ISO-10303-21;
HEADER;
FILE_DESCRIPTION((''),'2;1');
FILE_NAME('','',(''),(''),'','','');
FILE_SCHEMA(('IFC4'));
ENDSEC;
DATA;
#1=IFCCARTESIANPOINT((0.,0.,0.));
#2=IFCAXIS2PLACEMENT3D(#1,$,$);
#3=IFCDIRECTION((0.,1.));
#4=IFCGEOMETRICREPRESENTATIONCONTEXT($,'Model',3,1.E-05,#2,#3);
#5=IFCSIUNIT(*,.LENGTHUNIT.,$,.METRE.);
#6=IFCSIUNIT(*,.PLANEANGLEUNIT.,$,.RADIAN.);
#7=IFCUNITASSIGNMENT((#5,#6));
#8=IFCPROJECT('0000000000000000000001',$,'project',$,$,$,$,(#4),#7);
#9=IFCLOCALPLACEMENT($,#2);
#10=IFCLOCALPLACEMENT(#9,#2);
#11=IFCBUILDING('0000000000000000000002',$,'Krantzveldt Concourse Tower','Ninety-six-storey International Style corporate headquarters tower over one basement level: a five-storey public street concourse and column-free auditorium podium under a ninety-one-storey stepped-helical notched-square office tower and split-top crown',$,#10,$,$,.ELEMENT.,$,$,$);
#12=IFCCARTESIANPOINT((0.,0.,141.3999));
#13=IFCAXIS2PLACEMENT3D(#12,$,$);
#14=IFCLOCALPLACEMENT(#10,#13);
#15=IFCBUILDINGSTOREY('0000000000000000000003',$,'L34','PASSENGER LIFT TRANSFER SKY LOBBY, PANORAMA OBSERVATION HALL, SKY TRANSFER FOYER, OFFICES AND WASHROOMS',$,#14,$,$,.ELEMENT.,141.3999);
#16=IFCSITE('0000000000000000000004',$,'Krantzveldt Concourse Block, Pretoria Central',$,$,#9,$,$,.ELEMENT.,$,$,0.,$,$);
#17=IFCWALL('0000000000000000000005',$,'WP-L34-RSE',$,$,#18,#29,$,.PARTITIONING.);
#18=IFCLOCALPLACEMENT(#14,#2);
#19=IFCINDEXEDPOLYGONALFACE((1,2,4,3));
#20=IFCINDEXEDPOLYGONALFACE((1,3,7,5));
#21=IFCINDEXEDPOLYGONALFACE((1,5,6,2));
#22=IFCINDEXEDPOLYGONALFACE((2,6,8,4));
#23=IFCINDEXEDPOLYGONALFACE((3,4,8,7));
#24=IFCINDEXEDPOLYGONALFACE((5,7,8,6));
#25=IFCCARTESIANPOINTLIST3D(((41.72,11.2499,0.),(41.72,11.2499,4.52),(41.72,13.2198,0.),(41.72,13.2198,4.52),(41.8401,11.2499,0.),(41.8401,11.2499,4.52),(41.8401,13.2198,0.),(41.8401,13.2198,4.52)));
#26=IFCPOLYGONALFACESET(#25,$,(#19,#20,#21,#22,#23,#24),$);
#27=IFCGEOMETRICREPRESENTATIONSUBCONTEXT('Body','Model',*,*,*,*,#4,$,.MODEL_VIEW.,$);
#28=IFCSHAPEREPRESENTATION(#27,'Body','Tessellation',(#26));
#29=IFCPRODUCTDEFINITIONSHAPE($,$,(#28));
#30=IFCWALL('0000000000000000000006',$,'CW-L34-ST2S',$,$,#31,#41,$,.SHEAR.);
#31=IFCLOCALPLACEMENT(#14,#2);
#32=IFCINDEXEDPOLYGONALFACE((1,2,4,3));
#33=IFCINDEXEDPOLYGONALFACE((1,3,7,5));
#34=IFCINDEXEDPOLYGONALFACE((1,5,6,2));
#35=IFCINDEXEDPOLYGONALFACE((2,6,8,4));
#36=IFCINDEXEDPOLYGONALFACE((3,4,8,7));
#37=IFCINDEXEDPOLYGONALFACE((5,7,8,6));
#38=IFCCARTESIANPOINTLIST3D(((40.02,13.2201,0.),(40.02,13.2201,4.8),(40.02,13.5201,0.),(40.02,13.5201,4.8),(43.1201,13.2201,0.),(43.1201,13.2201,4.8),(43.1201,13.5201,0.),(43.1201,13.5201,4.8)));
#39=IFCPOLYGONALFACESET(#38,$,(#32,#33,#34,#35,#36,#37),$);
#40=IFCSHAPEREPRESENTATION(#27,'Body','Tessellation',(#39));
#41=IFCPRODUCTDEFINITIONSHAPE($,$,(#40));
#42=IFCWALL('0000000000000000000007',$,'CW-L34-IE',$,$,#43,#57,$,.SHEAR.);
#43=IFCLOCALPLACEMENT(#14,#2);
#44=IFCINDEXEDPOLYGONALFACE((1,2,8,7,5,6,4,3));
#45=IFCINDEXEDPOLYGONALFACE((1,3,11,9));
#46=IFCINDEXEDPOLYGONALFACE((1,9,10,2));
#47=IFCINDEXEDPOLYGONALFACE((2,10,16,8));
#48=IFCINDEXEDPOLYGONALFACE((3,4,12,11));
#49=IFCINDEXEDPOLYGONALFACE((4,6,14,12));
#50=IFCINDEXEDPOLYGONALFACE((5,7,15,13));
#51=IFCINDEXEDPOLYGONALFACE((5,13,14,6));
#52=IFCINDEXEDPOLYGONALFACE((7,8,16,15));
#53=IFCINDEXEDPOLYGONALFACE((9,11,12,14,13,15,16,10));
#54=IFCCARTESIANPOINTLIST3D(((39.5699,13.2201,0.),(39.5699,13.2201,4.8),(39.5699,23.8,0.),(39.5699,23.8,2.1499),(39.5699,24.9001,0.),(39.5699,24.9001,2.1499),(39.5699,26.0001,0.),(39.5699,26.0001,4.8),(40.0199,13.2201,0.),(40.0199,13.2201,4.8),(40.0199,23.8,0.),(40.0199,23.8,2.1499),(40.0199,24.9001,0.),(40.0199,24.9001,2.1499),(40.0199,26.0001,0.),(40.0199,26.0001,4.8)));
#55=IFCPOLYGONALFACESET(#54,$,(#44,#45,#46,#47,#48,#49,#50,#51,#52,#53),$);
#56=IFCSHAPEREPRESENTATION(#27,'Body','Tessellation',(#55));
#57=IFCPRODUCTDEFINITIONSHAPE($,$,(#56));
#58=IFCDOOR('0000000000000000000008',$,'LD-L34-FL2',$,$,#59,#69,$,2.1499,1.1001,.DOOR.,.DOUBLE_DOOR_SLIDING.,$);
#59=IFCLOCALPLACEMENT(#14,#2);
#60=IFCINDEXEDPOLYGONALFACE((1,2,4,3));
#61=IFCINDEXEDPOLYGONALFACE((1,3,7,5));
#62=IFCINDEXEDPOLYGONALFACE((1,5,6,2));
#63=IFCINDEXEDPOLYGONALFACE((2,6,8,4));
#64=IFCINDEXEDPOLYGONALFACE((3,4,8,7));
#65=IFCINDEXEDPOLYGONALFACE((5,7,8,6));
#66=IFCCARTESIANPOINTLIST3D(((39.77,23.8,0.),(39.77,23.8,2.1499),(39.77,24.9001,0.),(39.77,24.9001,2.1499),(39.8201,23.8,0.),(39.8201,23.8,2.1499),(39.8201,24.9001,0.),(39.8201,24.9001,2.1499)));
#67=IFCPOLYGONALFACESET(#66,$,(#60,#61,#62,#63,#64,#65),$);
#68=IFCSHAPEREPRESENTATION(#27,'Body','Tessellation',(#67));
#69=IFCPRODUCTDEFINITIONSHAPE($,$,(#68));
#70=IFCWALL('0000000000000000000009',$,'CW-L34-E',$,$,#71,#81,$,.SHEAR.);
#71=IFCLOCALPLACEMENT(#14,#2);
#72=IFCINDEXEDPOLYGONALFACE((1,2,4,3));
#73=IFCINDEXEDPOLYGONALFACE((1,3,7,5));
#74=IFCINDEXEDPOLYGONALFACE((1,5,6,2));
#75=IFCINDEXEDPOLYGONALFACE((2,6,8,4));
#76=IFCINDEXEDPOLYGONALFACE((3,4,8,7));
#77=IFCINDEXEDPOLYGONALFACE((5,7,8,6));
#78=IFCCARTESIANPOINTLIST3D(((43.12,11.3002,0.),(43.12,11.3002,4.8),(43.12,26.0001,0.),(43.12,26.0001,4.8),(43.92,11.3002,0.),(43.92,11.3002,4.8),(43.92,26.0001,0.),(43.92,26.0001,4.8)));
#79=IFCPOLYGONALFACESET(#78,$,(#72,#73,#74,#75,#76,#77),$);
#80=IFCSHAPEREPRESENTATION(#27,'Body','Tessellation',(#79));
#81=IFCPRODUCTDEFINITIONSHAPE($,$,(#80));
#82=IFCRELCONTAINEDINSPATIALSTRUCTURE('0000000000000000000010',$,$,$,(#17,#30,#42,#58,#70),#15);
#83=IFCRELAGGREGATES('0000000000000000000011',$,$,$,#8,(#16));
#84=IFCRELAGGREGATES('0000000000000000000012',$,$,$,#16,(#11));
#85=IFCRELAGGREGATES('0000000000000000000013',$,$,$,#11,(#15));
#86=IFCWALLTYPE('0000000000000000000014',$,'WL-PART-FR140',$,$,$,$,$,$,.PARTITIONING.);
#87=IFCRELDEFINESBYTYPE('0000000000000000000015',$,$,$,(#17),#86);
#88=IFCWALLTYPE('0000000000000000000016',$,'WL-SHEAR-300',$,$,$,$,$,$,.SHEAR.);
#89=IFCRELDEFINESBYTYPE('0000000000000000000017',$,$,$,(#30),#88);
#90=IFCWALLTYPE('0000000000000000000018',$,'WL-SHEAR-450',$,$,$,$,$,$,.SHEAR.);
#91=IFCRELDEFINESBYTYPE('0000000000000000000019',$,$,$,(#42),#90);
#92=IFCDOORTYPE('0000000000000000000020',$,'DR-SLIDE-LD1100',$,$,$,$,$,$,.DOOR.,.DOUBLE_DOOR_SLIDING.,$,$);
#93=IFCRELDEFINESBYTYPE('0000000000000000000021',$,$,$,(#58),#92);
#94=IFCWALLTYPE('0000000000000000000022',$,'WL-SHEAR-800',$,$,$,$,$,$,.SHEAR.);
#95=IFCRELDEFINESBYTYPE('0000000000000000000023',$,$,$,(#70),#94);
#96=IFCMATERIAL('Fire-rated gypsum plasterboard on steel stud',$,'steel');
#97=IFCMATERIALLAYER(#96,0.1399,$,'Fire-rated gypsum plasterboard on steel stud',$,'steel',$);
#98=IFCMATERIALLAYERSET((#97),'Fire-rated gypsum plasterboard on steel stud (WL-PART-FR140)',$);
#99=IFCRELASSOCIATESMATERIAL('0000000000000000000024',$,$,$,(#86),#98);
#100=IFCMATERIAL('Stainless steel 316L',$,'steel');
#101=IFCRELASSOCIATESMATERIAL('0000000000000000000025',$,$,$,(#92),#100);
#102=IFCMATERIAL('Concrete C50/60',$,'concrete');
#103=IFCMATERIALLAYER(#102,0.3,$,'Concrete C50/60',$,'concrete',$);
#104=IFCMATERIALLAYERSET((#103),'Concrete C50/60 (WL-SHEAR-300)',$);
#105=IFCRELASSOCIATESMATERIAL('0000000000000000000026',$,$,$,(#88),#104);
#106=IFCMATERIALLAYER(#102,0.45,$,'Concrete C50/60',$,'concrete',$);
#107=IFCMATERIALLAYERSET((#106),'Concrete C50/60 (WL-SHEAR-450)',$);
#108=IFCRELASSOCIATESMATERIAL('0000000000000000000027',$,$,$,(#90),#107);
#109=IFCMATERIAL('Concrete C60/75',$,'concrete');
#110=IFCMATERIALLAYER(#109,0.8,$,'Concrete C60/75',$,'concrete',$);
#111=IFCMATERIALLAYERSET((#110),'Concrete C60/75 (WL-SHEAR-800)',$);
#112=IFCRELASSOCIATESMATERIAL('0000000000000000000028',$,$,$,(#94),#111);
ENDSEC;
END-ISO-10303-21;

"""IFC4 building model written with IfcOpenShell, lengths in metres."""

from ifc_helpers import new_model, si_unit, direction, frame, frame_2d, origin, place, context, subcontext, project, spatial, rectangle, extrude, material, layer, layer_set, type_object, element, fill, save


model = new_model("IFC4")

# Units and contexts
model_context = context("Model", 3, precision=1e-05, world=origin(), true_north=direction((0.0, 1.0)))
body_context = subcontext(model_context, "Body", "Model", "MODEL_VIEW")
ifc_project = project(units=[si_unit("LENGTHUNIT", "METRE"), si_unit("PLANEANGLEUNIT", "RADIAN")], contexts=[model_context])

# Site, building, storey
site_placement = place(None, origin())
site = spatial("IfcSite", under=ifc_project, at=site_placement, Name="Krantzveldt Concourse Block, Pretoria Central", CompositionType="ELEMENT", RefElevation=0.0)
building_placement = place(site_placement, origin())
building = spatial("IfcBuilding", under=site, at=building_placement, Name="Krantzveldt Concourse Tower", Description="Ninety-six-storey International Style corporate headquarters tower over one basement level: a five-storey public street concourse and column-free auditorium podium under a ninety-one-storey stepped-helical notched-square office tower and split-top crown", CompositionType="ELEMENT")
storey_placement = place(building_placement, frame((0.0, 0.0, 141.3999)))
storey = spatial("IfcBuildingStorey", under=building, at=storey_placement, Name="L34", Description="PASSENGER LIFT TRANSFER SKY LOBBY, PANORAMA OBSERVATION HALL, SKY TRANSFER FOYER, OFFICES AND WASHROOMS", CompositionType="ELEMENT", Elevation=141.3999)

# Shared definitions
ifc_material_1 = material(Name="Fire-rated gypsum plasterboard on steel stud", Category="steel")

# Shared definitions
ifc_layer_1 = layer(ifc_material_1, 0.1399, Name="Fire-rated gypsum plasterboard on steel stud", Category="steel")
ifc_layer_set_1 = layer_set([ifc_layer_1], Name="Fire-rated gypsum plasterboard on steel stud (WL-PART-FR140)")
wall_type_1 = type_object("IfcWallType", Name="WL-PART-FR140", PredefinedType="PARTITIONING", material=ifc_layer_set_1)
ifc_material_2 = material(Name="Stainless steel 316L", Category="steel")
door_type_1 = type_object("IfcDoorType", Name="DR-SLIDE-LD1100", OperationType="DOUBLE_DOOR_SLIDING", PredefinedType="DOOR", material=ifc_material_2)

# Walls
wall_1_placement = place(storey_placement, frame((41.78, 11.25, 0.0), z_axis=(0.0, 0.0, 1.0), x_axis=(0.0, 1.0, 0.0)))
element("IfcWall", 1, at=wall_1_placement, inside=storey, type_object=wall_type_1, Name="WP-L34-RSE", PredefinedType="PARTITIONING", context=body_context, shape_type="SweptSolid", body=[
    extrude(rectangle(XDim=1.97, YDim=0.1201, at=frame_2d((0.9849, 0.0))), origin(), (0.0, 0.0, 1.0), 4.52),
])
ifc_material_3 = material(Name="Concrete C50/60", Category="concrete")
ifc_layer_2 = layer(ifc_material_3, 0.3, Name="Concrete C50/60", Category="concrete")
ifc_layer_set_2 = layer_set([ifc_layer_2], Name="Concrete C50/60 (WL-SHEAR-300)")
wall_type_2 = type_object("IfcWallType", Name="WL-SHEAR-300", PredefinedType="SHEAR", material=ifc_layer_set_2)
wall_2_placement = place(storey_placement, frame((40.02, 13.3701, 0.0), z_axis=(0.0, 0.0, 1.0), x_axis=(1.0, 0.0, 0.0)))
element("IfcWall", 2, at=wall_2_placement, inside=storey, type_object=wall_type_2, Name="CW-L34-ST2S", PredefinedType="SHEAR", context=body_context, shape_type="SweptSolid", body=[
    extrude(rectangle(XDim=3.1001, YDim=0.3, at=frame_2d((1.55, 0.0))), origin(), (0.0, 0.0, 1.0), 4.8),
])

# Wall, opening, door
ifc_layer_3 = layer(ifc_material_3, 0.45, Name="Concrete C50/60", Category="concrete")
ifc_layer_set_3 = layer_set([ifc_layer_3], Name="Concrete C50/60 (WL-SHEAR-450)")
wall_type_3 = type_object("IfcWallType", Name="WL-SHEAR-450", PredefinedType="SHEAR", material=ifc_layer_set_3)
wall_3_placement = place(storey_placement, frame((39.7949, 13.22, 0.0), z_axis=(0.0, 0.0, 1.0), x_axis=(0.0, 1.0, 0.0)))
wall_3 = element("IfcWall", 3, at=wall_3_placement, inside=storey, type_object=wall_type_3, Name="CW-L34-IE", PredefinedType="SHEAR", context=body_context, shape_type="SweptSolid", body=[
    extrude(rectangle(XDim=12.78, YDim=0.45, at=frame_2d((6.3901, 0.0))), origin(), (0.0, 0.0, 1.0), 4.8),
])
opening_1_placement = place(wall_3_placement, frame((10.5801, 0.0, 0.0)))
opening_1 = element("IfcOpeningElement", 4, at=opening_1_placement, cuts=wall_3, PredefinedType="OPENING", context=body_context, shape_type="SweptSolid", body=[
    extrude(rectangle(XDim=1.1001, YDim=2.1499, at=frame_2d((0.55, 1.075))), frame((0.0, 0.2349, 0.0), z_axis=(0.0, -1.0, 0.0), x_axis=(1.0, 0.0, 0.0)), (0.0, 0.0, 1.0), 0.47),
])
door_1_placement = place(opening_1_placement, origin())
door_1 = element("IfcDoor", 5, at=door_1_placement, inside=storey, type_object=door_type_1, Name="LD-L34-FL2", OperationType="DOUBLE_DOOR_SLIDING", OverallHeight=2.1499, OverallWidth=1.1001, PredefinedType="DOOR", context=body_context, shape_type="SweptSolid", body=[
    extrude(rectangle(XDim=1.1001, YDim=2.1499, at=frame_2d((0.55, 1.075))), frame((0.0, 0.0249, 0.0), z_axis=(0.0, -1.0, 0.0), x_axis=(1.0, 0.0, 0.0)), (0.0, 0.0, 1.0), 0.05),
])
fill(opening_1, door_1)

# Wall
ifc_material_4 = material(Name="Concrete C60/75", Category="concrete")
ifc_layer_4 = layer(ifc_material_4, 0.8, Name="Concrete C60/75", Category="concrete")
ifc_layer_set_4 = layer_set([ifc_layer_4], Name="Concrete C60/75 (WL-SHEAR-800)")
wall_type_4 = type_object("IfcWallType", Name="WL-SHEAR-800", PredefinedType="SHEAR", material=ifc_layer_set_4)
wall_4_placement = place(storey_placement, frame((43.52, 11.3, 0.0), z_axis=(0.0, 0.0, 1.0), x_axis=(0.0, 1.0, 0.0)))
element("IfcWall", 6, at=wall_4_placement, inside=storey, type_object=wall_type_4, Name="CW-L34-E", PredefinedType="SHEAR", context=body_context, shape_type="SweptSolid", body=[
    extrude(rectangle(XDim=14.7, YDim=0.8, at=frame_2d((7.3501, 0.0))), origin(), (0.0, 0.0, 1.0), 4.8),
])

save(model, "model.ifc")
